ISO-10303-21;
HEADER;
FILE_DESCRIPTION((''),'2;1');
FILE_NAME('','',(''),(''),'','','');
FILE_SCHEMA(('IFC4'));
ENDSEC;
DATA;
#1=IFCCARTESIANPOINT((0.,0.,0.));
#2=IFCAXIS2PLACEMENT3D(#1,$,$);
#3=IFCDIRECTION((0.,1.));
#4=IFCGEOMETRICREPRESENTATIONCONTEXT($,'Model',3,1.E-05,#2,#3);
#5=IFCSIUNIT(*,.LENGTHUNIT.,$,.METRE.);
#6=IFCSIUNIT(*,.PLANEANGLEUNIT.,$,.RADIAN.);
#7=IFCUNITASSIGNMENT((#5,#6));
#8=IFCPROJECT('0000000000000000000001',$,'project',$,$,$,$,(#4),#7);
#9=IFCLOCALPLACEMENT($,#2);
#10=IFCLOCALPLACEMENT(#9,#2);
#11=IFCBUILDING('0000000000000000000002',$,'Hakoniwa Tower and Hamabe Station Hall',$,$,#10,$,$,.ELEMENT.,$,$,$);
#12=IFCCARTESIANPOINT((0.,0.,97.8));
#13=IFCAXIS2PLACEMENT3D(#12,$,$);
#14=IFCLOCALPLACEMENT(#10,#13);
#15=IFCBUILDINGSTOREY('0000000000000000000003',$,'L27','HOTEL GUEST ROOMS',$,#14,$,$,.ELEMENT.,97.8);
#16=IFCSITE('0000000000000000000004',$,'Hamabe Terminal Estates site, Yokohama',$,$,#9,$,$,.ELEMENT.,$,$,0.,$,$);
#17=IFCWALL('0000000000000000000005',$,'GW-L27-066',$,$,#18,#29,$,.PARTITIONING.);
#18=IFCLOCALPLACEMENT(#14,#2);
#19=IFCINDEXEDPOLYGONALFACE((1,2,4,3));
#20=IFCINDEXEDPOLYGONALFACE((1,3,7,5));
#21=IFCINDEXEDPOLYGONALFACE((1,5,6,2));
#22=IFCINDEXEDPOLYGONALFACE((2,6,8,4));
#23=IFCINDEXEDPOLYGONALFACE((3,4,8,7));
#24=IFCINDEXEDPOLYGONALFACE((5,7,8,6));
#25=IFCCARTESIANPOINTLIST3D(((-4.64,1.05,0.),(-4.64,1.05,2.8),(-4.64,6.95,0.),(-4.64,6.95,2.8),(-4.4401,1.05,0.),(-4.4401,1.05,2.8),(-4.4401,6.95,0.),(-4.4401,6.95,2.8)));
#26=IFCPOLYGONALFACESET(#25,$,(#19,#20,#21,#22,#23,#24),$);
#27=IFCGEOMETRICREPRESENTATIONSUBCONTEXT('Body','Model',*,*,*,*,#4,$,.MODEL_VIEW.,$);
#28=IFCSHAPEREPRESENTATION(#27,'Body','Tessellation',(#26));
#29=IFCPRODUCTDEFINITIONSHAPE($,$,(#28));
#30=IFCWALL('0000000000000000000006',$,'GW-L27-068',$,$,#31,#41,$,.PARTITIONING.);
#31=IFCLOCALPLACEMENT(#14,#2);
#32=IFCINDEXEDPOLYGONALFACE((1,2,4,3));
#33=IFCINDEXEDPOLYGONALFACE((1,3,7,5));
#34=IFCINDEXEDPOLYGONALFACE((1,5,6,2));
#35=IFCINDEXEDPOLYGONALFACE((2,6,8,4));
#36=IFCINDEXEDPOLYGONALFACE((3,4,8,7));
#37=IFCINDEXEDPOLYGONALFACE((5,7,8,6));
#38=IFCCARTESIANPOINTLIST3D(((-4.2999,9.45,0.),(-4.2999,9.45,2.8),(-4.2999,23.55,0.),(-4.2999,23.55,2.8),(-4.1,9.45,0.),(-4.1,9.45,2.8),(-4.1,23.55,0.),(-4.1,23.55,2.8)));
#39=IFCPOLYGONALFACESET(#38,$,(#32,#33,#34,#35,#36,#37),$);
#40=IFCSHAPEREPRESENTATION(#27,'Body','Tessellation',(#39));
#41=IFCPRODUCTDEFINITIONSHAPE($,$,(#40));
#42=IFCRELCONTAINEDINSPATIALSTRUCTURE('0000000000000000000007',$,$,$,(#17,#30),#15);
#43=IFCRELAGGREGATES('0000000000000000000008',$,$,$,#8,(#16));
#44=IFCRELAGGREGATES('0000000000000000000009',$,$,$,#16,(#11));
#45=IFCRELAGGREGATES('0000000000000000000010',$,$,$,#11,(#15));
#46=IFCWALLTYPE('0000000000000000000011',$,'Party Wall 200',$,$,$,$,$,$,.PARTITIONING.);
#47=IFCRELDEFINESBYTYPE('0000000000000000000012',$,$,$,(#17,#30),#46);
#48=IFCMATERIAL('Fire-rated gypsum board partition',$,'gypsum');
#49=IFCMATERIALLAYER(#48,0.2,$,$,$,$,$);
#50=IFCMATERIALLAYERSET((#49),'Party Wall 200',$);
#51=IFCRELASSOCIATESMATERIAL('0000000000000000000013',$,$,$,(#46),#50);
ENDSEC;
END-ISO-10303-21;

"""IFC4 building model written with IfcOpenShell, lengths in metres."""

from ifc_helpers import new_model, si_unit, direction, frame, frame_2d, origin, place, context, subcontext, project, spatial, rectangle, extrude, material, layer, layer_set, type_object, element, save


model = new_model("IFC4")

# Units and contexts
model_context = context("Model", 3, precision=1e-05, world=origin(), true_north=direction((0.0, 1.0)))
body_context = subcontext(model_context, "Body", "Model", "MODEL_VIEW")
ifc_project = project(units=[si_unit("LENGTHUNIT", "METRE"), si_unit("PLANEANGLEUNIT", "RADIAN")], contexts=[model_context])

# Site, building, storey
site_placement = place(None, origin())
site = spatial("IfcSite", under=ifc_project, at=site_placement, Name="Hamabe Terminal Estates site, Yokohama", CompositionType="ELEMENT", RefElevation=0.0)
building_placement = place(site_placement, origin())
building = spatial("IfcBuilding", under=site, at=building_placement, Name="Hakoniwa Tower and Hamabe Station Hall", CompositionType="ELEMENT")
storey_placement = place(building_placement, frame((0.0, 0.0, 97.8)))
storey = spatial("IfcBuildingStorey", under=building, at=storey_placement, Name="L27", Description="HOTEL GUEST ROOMS", CompositionType="ELEMENT", Elevation=97.8)

# Walls
ifc_material_1 = material(Name="Fire-rated gypsum board partition", Category="gypsum")
ifc_layer_1 = layer(ifc_material_1, 0.2)
ifc_layer_set_1 = layer_set([ifc_layer_1], Name="Party Wall 200")
wall_type_1 = type_object("IfcWallType", Name="Party Wall 200", PredefinedType="PARTITIONING", material=ifc_layer_set_1)
wall_1_placement = place(storey_placement, frame((-4.54, 1.05, 0.0), z_axis=(0.0, 0.0, 1.0), x_axis=(0.0, 1.0, 0.0)))
element("IfcWall", 1, at=wall_1_placement, inside=storey, type_object=wall_type_1, Name="GW-L27-066", PredefinedType="PARTITIONING", context=body_context, shape_type="SweptSolid", body=[
    extrude(rectangle(XDim=5.8999, YDim=0.2, at=frame_2d((2.95, 0.0))), origin(), (0.0, 0.0, 1.0), 2.8),
])
wall_2_placement = place(storey_placement, frame((-4.2, 9.45, 0.0), z_axis=(0.0, 0.0, 1.0), x_axis=(0.0, 1.0, 0.0)))
element("IfcWall", 2, at=wall_2_placement, inside=storey, type_object=wall_type_1, Name="GW-L27-068", PredefinedType="PARTITIONING", context=body_context, shape_type="SweptSolid", body=[
    extrude(rectangle(XDim=14.1001, YDim=0.2, at=frame_2d((7.05, 0.0))), origin(), (0.0, 0.0, 1.0), 2.8),
])

save(model, "model.ifc")
